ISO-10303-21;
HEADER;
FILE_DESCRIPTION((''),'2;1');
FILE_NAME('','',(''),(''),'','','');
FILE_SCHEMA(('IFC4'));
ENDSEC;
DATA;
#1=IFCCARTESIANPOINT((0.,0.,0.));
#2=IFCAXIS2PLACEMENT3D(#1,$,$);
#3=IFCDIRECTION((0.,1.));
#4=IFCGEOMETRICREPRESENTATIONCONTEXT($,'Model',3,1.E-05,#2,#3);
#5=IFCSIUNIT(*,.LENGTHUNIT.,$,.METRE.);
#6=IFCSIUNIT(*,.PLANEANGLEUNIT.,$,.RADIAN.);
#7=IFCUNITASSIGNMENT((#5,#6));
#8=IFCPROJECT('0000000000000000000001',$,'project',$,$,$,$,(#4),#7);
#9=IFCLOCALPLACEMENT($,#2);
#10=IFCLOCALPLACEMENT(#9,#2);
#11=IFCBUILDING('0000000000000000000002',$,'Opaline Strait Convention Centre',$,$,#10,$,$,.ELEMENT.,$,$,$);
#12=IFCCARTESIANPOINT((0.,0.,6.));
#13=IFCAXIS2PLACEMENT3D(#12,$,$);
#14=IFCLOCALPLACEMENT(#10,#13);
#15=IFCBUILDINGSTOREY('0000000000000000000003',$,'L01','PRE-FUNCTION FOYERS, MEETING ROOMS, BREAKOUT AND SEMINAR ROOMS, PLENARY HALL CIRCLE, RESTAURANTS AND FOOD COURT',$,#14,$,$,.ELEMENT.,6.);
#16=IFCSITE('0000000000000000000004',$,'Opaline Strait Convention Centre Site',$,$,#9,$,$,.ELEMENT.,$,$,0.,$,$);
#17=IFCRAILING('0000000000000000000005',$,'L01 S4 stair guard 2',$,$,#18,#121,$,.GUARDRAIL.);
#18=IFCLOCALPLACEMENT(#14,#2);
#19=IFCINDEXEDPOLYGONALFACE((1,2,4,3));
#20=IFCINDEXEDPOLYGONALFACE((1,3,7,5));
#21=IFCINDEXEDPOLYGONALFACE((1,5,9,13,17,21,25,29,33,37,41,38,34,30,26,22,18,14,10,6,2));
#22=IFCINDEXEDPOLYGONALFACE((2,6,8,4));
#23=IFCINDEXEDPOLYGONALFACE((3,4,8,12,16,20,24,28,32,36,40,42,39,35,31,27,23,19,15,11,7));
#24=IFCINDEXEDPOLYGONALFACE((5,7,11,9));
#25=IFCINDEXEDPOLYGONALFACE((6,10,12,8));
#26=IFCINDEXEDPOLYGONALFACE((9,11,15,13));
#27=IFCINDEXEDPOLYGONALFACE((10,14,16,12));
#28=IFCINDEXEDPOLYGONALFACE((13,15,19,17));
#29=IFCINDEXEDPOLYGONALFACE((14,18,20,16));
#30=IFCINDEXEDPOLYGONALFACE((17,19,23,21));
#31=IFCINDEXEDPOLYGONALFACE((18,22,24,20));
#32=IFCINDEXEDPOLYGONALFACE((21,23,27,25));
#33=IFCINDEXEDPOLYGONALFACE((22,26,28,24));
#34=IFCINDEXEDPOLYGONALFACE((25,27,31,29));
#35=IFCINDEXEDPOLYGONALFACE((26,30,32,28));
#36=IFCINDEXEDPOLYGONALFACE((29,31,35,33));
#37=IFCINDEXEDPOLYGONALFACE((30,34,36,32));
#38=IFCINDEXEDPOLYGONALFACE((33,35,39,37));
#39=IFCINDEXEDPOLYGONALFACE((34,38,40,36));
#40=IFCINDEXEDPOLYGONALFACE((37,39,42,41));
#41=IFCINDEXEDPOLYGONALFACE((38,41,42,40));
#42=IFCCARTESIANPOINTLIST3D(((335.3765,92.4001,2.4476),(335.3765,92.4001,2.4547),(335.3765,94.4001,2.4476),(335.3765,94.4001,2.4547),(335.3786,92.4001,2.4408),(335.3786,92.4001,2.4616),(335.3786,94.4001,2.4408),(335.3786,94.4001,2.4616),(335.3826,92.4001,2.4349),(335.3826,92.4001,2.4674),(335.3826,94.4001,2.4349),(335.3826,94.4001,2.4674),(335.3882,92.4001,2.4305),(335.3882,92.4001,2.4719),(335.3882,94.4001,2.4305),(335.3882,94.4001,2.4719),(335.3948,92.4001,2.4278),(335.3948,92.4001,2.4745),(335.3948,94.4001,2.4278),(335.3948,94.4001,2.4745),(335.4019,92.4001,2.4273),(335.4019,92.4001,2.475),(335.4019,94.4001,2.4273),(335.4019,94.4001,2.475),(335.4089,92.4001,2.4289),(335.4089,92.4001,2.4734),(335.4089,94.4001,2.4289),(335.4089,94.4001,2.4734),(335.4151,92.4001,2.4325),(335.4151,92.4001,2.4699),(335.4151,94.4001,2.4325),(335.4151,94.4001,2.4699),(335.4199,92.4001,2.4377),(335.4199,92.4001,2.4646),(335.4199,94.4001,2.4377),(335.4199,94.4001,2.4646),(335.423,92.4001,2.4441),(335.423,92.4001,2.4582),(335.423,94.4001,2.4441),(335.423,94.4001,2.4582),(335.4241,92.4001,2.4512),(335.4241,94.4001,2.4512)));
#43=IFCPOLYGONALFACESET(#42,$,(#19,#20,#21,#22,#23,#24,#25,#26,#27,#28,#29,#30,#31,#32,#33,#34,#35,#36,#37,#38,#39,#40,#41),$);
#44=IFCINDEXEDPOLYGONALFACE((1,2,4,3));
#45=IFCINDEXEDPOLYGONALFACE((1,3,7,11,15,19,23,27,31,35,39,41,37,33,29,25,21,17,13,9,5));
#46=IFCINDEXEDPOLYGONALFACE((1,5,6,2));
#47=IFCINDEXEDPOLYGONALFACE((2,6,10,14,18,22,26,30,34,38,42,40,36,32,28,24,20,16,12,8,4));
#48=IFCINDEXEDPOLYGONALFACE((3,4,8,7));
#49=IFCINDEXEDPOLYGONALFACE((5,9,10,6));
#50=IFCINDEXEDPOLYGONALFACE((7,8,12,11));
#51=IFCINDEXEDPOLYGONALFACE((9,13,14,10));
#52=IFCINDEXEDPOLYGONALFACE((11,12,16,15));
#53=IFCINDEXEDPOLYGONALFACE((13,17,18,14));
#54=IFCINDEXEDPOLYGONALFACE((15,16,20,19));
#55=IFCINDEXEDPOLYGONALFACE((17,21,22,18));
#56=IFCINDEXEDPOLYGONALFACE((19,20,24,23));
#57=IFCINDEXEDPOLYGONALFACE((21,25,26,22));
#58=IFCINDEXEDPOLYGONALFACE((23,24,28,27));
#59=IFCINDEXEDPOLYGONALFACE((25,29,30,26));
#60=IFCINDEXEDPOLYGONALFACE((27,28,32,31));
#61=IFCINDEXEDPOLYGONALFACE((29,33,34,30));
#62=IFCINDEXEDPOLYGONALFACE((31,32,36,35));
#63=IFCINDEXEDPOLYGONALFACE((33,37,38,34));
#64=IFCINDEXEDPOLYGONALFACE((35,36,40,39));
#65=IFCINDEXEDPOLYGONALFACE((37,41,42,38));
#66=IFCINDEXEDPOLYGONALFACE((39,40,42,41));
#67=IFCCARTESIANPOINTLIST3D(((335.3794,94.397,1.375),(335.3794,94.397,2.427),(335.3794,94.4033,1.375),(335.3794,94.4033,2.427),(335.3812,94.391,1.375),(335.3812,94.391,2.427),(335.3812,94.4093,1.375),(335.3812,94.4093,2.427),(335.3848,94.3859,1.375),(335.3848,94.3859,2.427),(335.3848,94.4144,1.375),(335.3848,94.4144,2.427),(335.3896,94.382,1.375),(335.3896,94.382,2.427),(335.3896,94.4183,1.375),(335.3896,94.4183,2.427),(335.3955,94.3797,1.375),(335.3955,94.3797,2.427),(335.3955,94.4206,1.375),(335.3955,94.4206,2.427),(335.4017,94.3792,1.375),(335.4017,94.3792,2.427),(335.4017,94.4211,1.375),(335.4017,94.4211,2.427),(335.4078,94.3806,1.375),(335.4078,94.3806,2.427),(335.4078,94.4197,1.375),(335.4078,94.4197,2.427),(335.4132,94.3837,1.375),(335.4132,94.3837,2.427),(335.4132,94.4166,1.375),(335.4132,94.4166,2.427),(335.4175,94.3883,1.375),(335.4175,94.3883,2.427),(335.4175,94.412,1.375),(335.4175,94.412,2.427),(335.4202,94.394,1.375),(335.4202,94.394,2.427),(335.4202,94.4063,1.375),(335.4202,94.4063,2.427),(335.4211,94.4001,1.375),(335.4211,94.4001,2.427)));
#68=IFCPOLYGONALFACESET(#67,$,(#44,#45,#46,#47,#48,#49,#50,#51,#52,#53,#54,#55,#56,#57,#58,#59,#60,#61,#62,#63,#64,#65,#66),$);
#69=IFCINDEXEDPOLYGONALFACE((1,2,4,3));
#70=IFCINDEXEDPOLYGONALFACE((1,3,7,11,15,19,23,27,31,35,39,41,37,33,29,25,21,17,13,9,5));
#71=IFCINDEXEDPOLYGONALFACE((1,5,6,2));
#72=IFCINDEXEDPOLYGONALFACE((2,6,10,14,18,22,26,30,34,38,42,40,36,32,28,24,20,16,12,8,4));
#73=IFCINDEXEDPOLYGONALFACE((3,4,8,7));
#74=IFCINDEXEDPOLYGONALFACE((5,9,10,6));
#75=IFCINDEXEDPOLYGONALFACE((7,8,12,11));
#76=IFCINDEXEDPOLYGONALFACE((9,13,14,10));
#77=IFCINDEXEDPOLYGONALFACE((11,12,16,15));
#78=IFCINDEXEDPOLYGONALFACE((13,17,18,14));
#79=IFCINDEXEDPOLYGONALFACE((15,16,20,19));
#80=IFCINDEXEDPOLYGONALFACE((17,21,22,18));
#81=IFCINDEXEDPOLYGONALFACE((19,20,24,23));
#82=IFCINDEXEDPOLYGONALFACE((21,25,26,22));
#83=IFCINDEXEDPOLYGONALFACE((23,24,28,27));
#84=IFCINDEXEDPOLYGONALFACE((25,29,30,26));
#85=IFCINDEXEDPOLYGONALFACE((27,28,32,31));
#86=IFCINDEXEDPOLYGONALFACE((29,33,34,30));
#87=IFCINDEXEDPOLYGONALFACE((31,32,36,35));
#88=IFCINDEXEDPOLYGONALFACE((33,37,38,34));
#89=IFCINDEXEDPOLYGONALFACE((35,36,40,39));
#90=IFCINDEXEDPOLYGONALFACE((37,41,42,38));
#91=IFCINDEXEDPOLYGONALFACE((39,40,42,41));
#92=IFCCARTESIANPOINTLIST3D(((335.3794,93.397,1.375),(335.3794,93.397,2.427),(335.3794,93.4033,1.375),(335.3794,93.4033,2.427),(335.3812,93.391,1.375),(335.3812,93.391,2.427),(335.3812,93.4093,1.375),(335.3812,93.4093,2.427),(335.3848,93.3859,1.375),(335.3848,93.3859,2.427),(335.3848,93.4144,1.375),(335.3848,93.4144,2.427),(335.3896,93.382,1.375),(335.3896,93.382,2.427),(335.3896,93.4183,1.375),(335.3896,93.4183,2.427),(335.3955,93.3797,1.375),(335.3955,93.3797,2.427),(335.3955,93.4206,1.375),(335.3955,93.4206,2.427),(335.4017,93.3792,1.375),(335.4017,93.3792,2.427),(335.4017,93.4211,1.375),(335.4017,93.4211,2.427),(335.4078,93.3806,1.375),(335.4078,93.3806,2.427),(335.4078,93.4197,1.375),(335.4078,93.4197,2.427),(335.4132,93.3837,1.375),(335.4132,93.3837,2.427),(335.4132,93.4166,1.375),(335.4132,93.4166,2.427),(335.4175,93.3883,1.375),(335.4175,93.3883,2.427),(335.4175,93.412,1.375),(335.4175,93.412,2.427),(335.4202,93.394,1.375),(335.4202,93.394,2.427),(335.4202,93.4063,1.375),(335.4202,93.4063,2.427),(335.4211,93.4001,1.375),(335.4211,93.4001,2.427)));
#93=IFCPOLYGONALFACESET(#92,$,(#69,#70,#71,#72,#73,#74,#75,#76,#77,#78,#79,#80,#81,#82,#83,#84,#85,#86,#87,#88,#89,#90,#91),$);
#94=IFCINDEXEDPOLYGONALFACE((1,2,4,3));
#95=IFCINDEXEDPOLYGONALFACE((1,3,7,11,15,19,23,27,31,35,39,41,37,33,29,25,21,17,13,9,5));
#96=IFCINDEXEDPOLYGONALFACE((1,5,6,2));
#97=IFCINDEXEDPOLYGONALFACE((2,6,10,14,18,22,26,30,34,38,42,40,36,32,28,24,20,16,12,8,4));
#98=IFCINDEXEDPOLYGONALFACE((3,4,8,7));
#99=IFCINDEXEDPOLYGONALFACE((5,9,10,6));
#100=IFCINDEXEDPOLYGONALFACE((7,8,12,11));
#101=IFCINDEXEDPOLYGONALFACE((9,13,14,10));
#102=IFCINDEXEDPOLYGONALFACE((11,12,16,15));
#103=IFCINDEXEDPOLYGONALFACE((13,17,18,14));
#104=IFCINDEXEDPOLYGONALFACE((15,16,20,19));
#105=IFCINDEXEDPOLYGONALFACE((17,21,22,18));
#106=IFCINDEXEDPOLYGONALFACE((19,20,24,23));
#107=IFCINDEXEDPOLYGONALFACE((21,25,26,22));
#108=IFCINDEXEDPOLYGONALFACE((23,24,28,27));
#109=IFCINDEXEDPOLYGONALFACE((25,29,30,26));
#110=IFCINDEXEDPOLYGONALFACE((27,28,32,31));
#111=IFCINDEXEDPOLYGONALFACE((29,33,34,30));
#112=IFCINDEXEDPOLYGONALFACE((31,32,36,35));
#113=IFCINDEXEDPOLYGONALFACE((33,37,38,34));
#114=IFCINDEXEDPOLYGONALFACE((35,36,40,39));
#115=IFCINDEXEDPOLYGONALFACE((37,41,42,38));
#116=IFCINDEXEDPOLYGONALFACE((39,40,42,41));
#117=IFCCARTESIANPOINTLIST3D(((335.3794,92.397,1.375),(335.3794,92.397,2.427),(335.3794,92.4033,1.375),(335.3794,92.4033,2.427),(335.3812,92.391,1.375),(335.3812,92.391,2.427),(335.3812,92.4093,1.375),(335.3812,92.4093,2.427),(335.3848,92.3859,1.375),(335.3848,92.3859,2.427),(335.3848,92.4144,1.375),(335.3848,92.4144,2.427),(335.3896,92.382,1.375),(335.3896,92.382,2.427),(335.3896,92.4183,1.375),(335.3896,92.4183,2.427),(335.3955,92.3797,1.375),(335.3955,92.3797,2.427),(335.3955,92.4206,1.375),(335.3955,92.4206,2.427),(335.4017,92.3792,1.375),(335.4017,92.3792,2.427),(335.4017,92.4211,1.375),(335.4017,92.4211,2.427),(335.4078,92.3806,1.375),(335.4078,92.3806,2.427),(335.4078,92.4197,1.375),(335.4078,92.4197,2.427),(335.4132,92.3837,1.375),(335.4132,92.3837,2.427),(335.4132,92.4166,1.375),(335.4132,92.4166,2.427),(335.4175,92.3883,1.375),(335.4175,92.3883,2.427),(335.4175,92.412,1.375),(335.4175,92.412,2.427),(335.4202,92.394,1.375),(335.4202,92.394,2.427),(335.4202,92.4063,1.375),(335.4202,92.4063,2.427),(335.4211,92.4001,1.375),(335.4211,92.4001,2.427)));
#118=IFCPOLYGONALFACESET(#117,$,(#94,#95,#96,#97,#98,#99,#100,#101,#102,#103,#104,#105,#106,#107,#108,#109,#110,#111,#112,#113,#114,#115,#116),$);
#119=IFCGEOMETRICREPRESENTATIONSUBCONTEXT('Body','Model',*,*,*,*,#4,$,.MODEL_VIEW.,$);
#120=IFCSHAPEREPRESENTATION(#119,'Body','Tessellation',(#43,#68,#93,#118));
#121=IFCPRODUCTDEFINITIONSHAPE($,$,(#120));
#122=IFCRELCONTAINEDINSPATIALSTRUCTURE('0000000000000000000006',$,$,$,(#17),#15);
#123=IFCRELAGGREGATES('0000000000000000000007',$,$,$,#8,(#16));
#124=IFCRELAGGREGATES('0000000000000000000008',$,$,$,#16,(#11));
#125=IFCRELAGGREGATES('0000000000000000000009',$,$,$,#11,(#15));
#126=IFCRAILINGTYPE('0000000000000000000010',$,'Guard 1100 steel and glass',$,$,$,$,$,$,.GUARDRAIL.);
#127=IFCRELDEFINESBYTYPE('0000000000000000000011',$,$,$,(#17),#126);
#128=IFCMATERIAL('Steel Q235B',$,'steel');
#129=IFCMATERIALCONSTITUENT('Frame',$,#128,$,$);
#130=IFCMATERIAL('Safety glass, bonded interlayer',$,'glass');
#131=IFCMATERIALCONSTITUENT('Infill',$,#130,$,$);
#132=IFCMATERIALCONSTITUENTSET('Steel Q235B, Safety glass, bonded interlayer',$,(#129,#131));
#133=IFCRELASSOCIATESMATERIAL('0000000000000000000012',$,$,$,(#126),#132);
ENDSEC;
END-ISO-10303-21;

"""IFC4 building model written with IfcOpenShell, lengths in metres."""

from ifc_helpers import new_model, si_unit, direction, frame, origin, origin_2d, place, context, subcontext, project, spatial, circle, extrude, material, constituent, constituent_set, type_object, element, save


model = new_model("IFC4")

# Units and contexts
model_context = context("Model", 3, precision=1e-05, world=origin(), true_north=direction((0.0, 1.0)))
body_context = subcontext(model_context, "Body", "Model", "MODEL_VIEW")
ifc_project = project(units=[si_unit("LENGTHUNIT", "METRE"), si_unit("PLANEANGLEUNIT", "RADIAN")], contexts=[model_context])

# Site, building, storey
site_placement = place(None, origin())
site = spatial("IfcSite", under=ifc_project, at=site_placement, Name="Opaline Strait Convention Centre Site", CompositionType="ELEMENT", RefElevation=0.0)
building_placement = place(site_placement, origin())
building = spatial("IfcBuilding", under=site, at=building_placement, Name="Opaline Strait Convention Centre", CompositionType="ELEMENT")
storey_placement = place(building_placement, frame((0.0, 0.0, 6.0)))
storey = spatial("IfcBuildingStorey", under=building, at=storey_placement, Name="L01", Description="PRE-FUNCTION FOYERS, MEETING ROOMS, BREAKOUT AND SEMINAR ROOMS, PLENARY HALL CIRCLE, RESTAURANTS AND FOOD COURT", CompositionType="ELEMENT", Elevation=6.0)

# Railing
ifc_material_1 = material(Name="Steel Q235B", Category="steel")
ifc_constituent_1 = constituent(ifc_material_1, Name="Frame")
ifc_material_2 = material(Name="Safety glass, bonded interlayer", Category="glass")
ifc_constituent_2 = constituent(ifc_material_2, Name="Infill")
ifc_constituent_set = constituent_set(constituents=[ifc_constituent_1, ifc_constituent_2], Name="Steel Q235B, Safety glass, bonded interlayer")
railing_type_1 = type_object("IfcRailingType", Name="Guard 1100 steel and glass", PredefinedType="GUARDRAIL", material=ifc_constituent_set)
railing_1_placement = place(storey_placement, frame((335.4001, 94.4001, 1.375)))
element("IfcRailing", 1, at=railing_1_placement, inside=storey, type_object=railing_type_1, Name="L01 S4 stair guard 2", PredefinedType="GUARDRAIL", context=body_context, shape_type="SweptSolid", body=[
    extrude(circle(Radius=0.0239, at=origin_2d()), frame((0.0, 0.0, 1.0762), z_axis=(0.0, -1.0, 0.0), x_axis=(1.0, 0.0, 0.0)), (0.0, 0.0, 1.0), 2.0),
    extrude(circle(Radius=0.021, at=origin_2d()), origin(), (0.0, 0.0, 1.0), 1.052),
    extrude(circle(Radius=0.021, at=origin_2d()), frame((0.0, -1.0, 0.0)), (0.0, 0.0, 1.0), 1.052),
    extrude(circle(Radius=0.021, at=origin_2d()), frame((0.0, -2.0, 0.0)), (0.0, 0.0, 1.0), 1.052),
])

save(model, "model.ifc")
